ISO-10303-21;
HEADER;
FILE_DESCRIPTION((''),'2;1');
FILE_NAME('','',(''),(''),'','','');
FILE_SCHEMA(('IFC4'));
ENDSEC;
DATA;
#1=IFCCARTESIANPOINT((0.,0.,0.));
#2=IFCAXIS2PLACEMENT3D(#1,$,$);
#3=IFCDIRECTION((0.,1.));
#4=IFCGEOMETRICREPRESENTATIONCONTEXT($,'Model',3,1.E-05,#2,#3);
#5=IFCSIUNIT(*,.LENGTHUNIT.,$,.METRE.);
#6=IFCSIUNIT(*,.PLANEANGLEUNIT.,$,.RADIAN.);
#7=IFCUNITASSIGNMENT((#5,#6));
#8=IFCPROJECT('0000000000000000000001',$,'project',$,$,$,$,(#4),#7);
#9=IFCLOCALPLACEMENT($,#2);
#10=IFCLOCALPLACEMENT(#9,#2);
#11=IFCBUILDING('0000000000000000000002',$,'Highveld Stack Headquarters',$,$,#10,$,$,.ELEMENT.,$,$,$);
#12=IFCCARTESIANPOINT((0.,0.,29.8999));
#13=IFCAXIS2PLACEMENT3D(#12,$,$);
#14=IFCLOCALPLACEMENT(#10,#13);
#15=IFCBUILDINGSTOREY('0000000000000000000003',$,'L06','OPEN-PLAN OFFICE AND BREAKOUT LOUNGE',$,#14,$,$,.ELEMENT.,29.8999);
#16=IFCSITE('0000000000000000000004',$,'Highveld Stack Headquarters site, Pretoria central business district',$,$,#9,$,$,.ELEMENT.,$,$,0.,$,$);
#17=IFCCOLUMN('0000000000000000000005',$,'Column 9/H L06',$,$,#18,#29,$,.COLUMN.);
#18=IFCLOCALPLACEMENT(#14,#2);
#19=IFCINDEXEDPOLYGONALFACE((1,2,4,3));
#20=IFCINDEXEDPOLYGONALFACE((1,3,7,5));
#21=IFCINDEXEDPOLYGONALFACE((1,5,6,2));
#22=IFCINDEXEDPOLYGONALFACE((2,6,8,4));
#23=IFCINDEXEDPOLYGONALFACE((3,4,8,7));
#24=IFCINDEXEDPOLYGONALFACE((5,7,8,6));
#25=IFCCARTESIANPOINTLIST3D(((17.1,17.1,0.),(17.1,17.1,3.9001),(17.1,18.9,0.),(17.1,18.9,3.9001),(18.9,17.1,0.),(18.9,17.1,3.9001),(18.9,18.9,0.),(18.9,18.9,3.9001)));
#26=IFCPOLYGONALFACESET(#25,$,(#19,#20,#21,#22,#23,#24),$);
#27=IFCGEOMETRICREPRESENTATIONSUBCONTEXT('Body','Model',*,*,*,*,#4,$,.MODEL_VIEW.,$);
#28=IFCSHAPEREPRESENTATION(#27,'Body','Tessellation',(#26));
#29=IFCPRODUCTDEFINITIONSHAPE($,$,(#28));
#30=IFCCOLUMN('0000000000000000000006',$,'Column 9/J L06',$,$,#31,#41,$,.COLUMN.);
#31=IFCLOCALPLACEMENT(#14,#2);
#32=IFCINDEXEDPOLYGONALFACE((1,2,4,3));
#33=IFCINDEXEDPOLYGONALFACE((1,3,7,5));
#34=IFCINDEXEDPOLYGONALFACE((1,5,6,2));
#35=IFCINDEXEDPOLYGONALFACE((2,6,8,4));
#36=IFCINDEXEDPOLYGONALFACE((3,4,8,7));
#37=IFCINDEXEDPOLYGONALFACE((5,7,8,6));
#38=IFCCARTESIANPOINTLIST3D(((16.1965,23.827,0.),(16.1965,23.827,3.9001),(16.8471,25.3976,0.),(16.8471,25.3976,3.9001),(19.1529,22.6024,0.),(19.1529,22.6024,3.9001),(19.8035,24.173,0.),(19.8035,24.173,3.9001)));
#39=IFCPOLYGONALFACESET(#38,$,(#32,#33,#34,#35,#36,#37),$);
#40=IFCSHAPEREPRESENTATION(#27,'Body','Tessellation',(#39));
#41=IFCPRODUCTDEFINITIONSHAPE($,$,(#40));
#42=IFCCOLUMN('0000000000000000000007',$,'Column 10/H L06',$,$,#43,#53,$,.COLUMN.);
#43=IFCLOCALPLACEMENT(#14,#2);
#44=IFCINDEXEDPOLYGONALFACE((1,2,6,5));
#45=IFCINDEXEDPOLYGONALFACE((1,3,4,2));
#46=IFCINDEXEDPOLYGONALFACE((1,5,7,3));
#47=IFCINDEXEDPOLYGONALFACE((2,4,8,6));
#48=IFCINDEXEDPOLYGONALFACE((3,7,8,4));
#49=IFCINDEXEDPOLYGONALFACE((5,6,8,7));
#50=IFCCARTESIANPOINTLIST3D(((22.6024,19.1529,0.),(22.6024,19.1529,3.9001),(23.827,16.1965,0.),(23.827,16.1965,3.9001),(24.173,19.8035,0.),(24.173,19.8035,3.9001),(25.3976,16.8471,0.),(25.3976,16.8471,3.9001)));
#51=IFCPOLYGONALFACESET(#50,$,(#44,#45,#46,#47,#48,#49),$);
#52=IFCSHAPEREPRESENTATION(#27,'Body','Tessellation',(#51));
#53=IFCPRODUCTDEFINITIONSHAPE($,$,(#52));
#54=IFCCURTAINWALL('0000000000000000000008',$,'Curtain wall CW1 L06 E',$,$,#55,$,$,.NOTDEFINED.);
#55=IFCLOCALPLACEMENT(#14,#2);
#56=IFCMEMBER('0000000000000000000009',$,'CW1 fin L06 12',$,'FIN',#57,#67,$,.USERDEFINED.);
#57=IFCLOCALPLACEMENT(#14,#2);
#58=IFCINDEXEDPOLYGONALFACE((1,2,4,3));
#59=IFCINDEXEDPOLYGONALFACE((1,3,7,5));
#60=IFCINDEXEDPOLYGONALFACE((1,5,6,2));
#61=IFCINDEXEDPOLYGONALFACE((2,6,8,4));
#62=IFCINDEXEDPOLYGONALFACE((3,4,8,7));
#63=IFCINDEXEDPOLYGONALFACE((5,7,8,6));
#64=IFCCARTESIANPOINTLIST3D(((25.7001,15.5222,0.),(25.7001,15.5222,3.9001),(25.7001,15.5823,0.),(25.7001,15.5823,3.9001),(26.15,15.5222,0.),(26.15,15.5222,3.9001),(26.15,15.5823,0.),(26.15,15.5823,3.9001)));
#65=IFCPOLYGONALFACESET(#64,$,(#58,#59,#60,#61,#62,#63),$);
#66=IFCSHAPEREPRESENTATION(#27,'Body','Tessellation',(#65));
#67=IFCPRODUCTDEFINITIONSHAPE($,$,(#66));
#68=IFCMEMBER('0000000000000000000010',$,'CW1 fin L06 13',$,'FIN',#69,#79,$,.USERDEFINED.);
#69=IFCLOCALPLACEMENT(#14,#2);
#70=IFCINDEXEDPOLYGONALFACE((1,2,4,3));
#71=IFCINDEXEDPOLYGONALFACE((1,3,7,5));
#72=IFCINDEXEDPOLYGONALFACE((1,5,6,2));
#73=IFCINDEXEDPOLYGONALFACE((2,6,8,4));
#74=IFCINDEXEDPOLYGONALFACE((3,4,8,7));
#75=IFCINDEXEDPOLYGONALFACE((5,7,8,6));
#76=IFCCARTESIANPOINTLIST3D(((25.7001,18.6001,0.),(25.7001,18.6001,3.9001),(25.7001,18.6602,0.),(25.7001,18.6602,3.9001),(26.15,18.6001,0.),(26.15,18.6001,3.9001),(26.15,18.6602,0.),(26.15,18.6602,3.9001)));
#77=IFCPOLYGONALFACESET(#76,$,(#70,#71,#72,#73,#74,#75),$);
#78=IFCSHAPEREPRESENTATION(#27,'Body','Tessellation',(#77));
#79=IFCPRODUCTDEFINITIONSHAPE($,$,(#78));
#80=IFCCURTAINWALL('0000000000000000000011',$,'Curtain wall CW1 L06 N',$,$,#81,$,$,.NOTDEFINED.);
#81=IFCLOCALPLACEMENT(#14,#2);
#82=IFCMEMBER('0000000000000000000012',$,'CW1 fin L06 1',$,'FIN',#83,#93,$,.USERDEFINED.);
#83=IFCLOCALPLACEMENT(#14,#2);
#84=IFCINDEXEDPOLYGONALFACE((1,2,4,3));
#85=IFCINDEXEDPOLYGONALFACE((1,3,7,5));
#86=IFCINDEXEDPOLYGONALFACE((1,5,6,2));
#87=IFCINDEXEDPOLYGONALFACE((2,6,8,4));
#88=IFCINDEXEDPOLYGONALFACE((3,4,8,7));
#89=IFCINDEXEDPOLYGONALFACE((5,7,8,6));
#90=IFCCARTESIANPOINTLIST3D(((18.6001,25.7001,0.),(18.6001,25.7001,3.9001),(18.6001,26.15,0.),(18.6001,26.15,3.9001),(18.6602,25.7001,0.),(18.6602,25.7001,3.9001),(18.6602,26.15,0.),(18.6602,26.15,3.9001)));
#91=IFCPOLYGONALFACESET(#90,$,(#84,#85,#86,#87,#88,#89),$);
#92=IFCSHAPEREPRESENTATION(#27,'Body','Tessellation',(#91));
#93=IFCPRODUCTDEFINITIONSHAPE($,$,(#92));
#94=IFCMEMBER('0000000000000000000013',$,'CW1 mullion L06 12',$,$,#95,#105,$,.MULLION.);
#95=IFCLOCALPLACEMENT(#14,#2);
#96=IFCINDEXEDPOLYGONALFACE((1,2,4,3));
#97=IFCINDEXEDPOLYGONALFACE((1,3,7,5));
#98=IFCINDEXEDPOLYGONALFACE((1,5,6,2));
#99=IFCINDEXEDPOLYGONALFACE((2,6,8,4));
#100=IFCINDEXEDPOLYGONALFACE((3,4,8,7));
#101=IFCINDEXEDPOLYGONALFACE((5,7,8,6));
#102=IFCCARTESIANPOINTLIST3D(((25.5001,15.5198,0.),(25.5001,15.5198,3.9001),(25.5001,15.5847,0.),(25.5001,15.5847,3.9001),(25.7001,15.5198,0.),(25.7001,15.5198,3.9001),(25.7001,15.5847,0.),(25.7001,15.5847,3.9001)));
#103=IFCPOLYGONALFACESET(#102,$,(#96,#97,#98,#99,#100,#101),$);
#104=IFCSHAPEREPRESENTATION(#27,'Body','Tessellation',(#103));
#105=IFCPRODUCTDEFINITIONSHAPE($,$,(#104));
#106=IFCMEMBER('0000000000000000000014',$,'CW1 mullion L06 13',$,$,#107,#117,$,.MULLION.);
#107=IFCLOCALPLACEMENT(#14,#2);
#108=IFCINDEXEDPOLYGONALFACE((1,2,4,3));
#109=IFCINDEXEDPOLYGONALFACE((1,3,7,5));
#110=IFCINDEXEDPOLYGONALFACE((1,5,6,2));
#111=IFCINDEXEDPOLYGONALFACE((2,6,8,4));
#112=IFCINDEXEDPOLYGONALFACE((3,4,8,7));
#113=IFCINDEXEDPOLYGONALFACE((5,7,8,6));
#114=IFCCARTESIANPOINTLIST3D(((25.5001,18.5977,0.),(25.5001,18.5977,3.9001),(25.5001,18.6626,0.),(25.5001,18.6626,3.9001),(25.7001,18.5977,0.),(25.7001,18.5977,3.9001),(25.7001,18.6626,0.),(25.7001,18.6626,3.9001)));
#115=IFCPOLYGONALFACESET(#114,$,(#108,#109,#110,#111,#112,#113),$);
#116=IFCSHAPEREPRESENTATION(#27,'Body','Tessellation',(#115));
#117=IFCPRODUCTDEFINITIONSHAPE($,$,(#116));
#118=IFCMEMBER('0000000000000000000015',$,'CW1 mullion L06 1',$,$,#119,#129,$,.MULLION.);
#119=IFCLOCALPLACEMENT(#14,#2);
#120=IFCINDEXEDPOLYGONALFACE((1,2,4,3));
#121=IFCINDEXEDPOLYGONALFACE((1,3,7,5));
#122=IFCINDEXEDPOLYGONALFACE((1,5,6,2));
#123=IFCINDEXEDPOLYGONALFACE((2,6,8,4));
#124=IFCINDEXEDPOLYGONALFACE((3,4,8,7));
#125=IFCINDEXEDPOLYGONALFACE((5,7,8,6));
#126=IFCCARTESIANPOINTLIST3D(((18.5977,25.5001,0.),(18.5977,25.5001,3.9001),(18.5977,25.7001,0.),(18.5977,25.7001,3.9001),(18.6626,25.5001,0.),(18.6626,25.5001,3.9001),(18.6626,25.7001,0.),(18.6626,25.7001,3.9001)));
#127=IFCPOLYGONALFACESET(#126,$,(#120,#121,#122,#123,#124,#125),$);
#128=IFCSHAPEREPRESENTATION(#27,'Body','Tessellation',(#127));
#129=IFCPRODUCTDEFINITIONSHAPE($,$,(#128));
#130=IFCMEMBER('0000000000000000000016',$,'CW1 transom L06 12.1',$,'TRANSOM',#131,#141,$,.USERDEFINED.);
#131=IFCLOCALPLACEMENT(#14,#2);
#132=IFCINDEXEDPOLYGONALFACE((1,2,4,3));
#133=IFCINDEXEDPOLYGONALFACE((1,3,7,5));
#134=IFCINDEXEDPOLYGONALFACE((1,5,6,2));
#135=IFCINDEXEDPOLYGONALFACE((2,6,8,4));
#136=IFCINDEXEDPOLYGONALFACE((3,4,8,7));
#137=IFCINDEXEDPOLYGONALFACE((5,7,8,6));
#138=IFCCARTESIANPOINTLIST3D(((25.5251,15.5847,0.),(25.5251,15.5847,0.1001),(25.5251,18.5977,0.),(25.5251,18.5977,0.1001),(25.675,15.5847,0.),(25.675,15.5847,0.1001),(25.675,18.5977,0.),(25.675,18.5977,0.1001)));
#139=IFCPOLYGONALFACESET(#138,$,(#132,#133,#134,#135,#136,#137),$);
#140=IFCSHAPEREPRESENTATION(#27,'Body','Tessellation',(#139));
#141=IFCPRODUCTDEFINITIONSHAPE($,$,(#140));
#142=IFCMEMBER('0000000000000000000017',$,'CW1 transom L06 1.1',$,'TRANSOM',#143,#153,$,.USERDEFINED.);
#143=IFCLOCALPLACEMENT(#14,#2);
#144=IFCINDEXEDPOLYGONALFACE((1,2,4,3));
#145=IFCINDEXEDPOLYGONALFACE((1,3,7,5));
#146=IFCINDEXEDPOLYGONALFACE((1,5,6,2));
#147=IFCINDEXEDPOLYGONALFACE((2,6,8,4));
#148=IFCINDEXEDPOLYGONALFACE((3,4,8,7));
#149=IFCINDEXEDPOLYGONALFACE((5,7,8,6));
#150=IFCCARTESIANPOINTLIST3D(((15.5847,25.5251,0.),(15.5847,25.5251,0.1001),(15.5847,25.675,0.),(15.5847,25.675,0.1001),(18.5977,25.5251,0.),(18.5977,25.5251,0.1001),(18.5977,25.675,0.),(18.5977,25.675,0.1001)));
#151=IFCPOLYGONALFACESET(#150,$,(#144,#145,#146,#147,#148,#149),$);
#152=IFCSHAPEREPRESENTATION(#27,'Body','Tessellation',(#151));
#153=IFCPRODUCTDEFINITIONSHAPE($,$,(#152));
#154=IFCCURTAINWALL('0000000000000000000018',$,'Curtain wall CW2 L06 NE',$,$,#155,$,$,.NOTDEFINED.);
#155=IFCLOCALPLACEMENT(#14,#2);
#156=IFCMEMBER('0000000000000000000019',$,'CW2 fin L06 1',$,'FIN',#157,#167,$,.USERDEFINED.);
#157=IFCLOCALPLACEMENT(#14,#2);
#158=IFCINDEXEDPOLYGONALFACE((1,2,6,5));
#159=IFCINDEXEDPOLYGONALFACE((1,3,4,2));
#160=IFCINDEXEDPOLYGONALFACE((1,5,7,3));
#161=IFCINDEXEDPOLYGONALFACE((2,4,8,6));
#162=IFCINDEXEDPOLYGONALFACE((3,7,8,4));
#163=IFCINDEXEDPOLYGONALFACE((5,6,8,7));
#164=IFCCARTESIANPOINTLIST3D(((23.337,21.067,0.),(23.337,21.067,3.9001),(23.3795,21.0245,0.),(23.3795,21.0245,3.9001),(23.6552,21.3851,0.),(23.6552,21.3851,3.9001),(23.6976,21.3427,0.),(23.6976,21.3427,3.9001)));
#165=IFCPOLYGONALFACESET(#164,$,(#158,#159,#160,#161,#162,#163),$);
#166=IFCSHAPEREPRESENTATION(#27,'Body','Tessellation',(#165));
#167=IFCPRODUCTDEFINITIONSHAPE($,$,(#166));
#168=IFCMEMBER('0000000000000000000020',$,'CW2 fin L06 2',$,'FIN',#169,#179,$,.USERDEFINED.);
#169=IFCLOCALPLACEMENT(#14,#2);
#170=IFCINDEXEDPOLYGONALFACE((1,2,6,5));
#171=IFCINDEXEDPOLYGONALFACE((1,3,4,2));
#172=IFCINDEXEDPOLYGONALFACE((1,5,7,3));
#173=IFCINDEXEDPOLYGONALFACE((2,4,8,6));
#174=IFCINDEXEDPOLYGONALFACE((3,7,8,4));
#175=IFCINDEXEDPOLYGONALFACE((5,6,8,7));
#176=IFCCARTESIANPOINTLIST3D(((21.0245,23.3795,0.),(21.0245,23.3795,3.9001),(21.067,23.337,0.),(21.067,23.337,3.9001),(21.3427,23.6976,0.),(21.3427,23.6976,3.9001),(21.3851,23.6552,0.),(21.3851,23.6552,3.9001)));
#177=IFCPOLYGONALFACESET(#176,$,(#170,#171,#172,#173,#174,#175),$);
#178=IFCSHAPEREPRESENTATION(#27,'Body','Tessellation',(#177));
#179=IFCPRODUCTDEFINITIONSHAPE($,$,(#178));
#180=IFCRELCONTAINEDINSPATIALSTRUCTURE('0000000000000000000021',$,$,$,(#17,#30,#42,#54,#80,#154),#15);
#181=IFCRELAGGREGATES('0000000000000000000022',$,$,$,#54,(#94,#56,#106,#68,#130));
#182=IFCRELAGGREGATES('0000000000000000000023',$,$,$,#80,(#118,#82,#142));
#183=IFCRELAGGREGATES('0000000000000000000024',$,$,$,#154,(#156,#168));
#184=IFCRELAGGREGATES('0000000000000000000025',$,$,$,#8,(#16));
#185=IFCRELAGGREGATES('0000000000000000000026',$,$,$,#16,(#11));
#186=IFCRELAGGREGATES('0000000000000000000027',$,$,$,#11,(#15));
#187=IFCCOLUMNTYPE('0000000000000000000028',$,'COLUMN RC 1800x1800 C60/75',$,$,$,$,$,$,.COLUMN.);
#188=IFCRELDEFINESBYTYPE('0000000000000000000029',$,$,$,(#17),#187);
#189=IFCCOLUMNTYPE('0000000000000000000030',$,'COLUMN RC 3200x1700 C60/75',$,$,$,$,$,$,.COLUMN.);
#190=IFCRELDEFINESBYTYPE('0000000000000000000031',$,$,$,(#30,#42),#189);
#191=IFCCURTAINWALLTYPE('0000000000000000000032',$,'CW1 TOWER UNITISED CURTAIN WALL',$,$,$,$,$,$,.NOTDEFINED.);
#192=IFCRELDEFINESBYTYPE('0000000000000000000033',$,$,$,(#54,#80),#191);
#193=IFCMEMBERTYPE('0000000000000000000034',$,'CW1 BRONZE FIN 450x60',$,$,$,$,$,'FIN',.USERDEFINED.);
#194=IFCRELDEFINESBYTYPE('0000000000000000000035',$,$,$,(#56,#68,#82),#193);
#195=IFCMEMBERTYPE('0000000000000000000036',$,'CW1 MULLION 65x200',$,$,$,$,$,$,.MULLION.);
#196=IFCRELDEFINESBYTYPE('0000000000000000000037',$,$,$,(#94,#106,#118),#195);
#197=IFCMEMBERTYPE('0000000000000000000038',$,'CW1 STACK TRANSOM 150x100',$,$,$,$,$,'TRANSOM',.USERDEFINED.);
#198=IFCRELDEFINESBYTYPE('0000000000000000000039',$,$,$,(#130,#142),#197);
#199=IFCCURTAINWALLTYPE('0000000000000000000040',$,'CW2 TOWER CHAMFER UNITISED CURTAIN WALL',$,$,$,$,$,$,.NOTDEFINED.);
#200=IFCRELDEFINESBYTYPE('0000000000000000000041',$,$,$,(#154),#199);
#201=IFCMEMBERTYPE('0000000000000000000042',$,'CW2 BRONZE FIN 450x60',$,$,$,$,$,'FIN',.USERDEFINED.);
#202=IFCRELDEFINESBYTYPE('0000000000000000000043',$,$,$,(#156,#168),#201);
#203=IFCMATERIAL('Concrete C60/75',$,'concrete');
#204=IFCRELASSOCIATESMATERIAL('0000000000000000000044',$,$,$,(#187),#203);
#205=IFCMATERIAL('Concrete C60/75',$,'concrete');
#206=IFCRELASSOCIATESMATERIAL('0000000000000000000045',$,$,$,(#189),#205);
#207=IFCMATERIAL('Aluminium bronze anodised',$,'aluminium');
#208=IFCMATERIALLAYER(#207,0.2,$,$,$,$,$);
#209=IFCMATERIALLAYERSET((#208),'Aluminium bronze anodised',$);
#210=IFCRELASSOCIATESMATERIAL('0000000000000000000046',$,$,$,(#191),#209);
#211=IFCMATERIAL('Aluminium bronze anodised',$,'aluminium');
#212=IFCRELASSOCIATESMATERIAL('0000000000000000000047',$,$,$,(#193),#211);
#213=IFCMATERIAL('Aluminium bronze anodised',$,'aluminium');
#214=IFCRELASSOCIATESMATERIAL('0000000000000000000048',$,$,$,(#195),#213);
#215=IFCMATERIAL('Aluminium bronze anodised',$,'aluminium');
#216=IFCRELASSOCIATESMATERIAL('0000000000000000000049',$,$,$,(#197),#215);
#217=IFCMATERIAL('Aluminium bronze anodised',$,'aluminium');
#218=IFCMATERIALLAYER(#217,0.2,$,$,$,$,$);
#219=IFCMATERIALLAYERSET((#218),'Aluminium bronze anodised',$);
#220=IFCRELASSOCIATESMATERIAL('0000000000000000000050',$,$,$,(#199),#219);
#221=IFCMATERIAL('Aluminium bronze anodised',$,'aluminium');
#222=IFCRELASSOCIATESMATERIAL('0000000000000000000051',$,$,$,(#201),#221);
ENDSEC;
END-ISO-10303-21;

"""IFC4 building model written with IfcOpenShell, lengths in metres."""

from ifc_helpers import new_model, si_unit, direction, frame, origin, origin_2d, place, context, subcontext, project, spatial, rectangle, extrude, material, layer, layer_set, material_profile, profile_set, type_object, element, aggregate, save


model = new_model("IFC4")

# Units and contexts
model_context = context("Model", 3, precision=1e-05, world=origin(), true_north=direction((0.0, 1.0)))
body_context = subcontext(model_context, "Body", "Model", "MODEL_VIEW")
ifc_project = project(units=[si_unit("LENGTHUNIT", "METRE"), si_unit("PLANEANGLEUNIT", "RADIAN")], contexts=[model_context])

# Site, building, storey
site_placement = place(None, origin())
site = spatial("IfcSite", under=ifc_project, at=site_placement, Name="Highveld Stack Headquarters site, Pretoria central business district", CompositionType="ELEMENT", RefElevation=0.0)
building_placement = place(site_placement, origin())
building = spatial("IfcBuilding", under=site, at=building_placement, Name="Highveld Stack Headquarters", CompositionType="ELEMENT")
storey_placement = place(building_placement, frame((0.0, 0.0, 29.8999)))
storey = spatial("IfcBuildingStorey", under=building, at=storey_placement, Name="L06", Description="OPEN-PLAN OFFICE AND BREAKOUT LOUNGE", CompositionType="ELEMENT", Elevation=29.8999)

# Columns
ifc_material_1 = material(Name="Concrete C60/75", Category="concrete")
ifc_material_profile_1 = material_profile(ifc_material_1, rectangle(XDim=1.8, YDim=1.8, at=origin_2d()), Name="RC 1800x1800")
ifc_profile_set_1 = profile_set([ifc_material_profile_1], Name="Concrete C60/75")
column_type_1 = type_object("IfcColumnType", Name="COLUMN RC 1800x1800 C60/75", PredefinedType="COLUMN", material=ifc_profile_set_1)
column_placement = place(storey_placement, frame((18.0, 18.0, 0.0), z_axis=(0.0, 0.0, 1.0), x_axis=(1.0, 0.0, 0.0)))
element("IfcColumn", 1, at=column_placement, inside=storey, type_object=column_type_1, Name="Column 9/H L06", PredefinedType="COLUMN", context=body_context, shape_type="SweptSolid", body=[
    extrude(rectangle(XDim=1.8, YDim=1.8, at=origin_2d()), origin(), (0.0, 0.0, 1.0), 3.9001),
])
ifc_material_2 = material(Name="Concrete C60/75", Category="concrete")
ifc_material_profile_2 = material_profile(ifc_material_2, rectangle(XDim=3.2, YDim=1.7, at=origin_2d()), Name="RC 3200x1700")
ifc_profile_set_2 = profile_set([ifc_material_profile_2], Name="Concrete C60/75")
column_type_2 = type_object("IfcColumnType", Name="COLUMN RC 3200x1700 C60/75", PredefinedType="COLUMN", material=ifc_profile_set_2)
for number, where, z_axis, x_axis, name in (
    (2, (18.0, 24.0, 0.0), (0.0, 0.0, 1.0), (0.92388, -0.382683, 0.0), "Column 9/J L06"),
    (3, (24.0, 18.0, 0.0), (0.0, 0.0, 1.0), (0.382683, -0.92388, 0.0), "Column 10/H L06"),
):
    element("IfcColumn", number, at=place(storey_placement, frame(where, z_axis=z_axis, x_axis=x_axis)), inside=storey, type_object=column_type_2, Name=name, PredefinedType="COLUMN", context=body_context, shape_type="SweptSolid", body=[
        extrude(rectangle(XDim=3.2, YDim=1.7, at=origin_2d()), origin(), (0.0, 0.0, 1.0), 3.9001),
    ])

# Curtain wall, members
ifc_material_3 = material(Name="Aluminium bronze anodised", Category="aluminium")
ifc_layer_1 = layer(ifc_material_3, 0.2)
ifc_layer_set_1 = layer_set([ifc_layer_1], Name="Aluminium bronze anodised")
curtain_wall_type_1 = type_object("IfcCurtainWallType", Name="CW1 TOWER UNITISED CURTAIN WALL", PredefinedType="NOTDEFINED", material=ifc_layer_set_1)
curtain_wall_1_placement = place(storey_placement, origin())
curtain_wall_1 = element("IfcCurtainWall", 4, at=curtain_wall_1_placement, inside=storey, type_object=curtain_wall_type_1, Name="Curtain wall CW1 L06 E", PredefinedType="NOTDEFINED")
ifc_material_4 = material(Name="Aluminium bronze anodised", Category="aluminium")
ifc_material_profile_3 = material_profile(ifc_material_4, rectangle(XDim=0.45, YDim=0.0601, at=origin_2d()), Name="FIN 450x60")
ifc_profile_set_3 = profile_set([ifc_material_profile_3], Name="Aluminium bronze anodised")
member_type_1 = type_object("IfcMemberType", Name="CW1 BRONZE FIN 450x60", ElementType="FIN", PredefinedType="USERDEFINED", material=ifc_profile_set_3)
member_1_placement = place(storey_placement, frame((25.925, 15.5522, 0.0), z_axis=(0.0, 0.0, 1.0), x_axis=(-1.0, 0.0, 0.0)))
member_1 = element("IfcMember", 5, at=member_1_placement, type_object=member_type_1, Name="CW1 fin L06 12", ObjectType="FIN", PredefinedType="USERDEFINED", context=body_context, shape_type="SweptSolid", body=[
    extrude(rectangle(XDim=0.45, YDim=0.0601, at=origin_2d()), origin(), (0.0, 0.0, 1.0), 3.9001),
])
member_2_placement = place(storey_placement, frame((25.925, 18.6301, 0.0), z_axis=(0.0, 0.0, 1.0), x_axis=(-1.0, 0.0, 0.0)))
member_2 = element("IfcMember", 6, at=member_2_placement, type_object=member_type_1, Name="CW1 fin L06 13", ObjectType="FIN", PredefinedType="USERDEFINED", context=body_context, shape_type="SweptSolid", body=[
    extrude(rectangle(XDim=0.45, YDim=0.0601, at=origin_2d()), origin(), (0.0, 0.0, 1.0), 3.9001),
])

# Curtain wall, member
curtain_wall_2_placement = place(storey_placement, origin())
curtain_wall_2 = element("IfcCurtainWall", 7, at=curtain_wall_2_placement, inside=storey, type_object=curtain_wall_type_1, Name="Curtain wall CW1 L06 N", PredefinedType="NOTDEFINED")
member_3_placement = place(storey_placement, frame((18.6301, 25.925, 0.0), z_axis=(0.0, 0.0, 1.0), x_axis=(0.0, -1.0, 0.0)))
member_3 = element("IfcMember", 8, at=member_3_placement, type_object=member_type_1, Name="CW1 fin L06 1", ObjectType="FIN", PredefinedType="USERDEFINED", context=body_context, shape_type="SweptSolid", body=[
    extrude(rectangle(XDim=0.45, YDim=0.0601, at=origin_2d()), origin(), (0.0, 0.0, 1.0), 3.9001),
])

# Members
ifc_material_5 = material(Name="Aluminium bronze anodised", Category="aluminium")
ifc_material_profile_4 = material_profile(ifc_material_5, rectangle(XDim=0.2, YDim=0.0649, at=origin_2d()), Name="CW1 MULLION 65x200")
ifc_profile_set_4 = profile_set([ifc_material_profile_4], Name="Aluminium bronze anodised")
member_type_2 = type_object("IfcMemberType", Name="CW1 MULLION 65x200", PredefinedType="MULLION", material=ifc_profile_set_4)
member_4_placement = place(storey_placement, frame((25.6001, 15.5522, 0.0), z_axis=(0.0, 0.0, 1.0), x_axis=(-1.0, 0.0, 0.0)))
member_4 = element("IfcMember", 9, at=member_4_placement, type_object=member_type_2, Name="CW1 mullion L06 12", PredefinedType="MULLION", context=body_context, shape_type="SweptSolid", body=[
    extrude(rectangle(XDim=0.2, YDim=0.0649, at=origin_2d()), origin(), (0.0, 0.0, 1.0), 3.9001),
])
member_5_placement = place(storey_placement, frame((25.6001, 18.6301, 0.0), z_axis=(0.0, 0.0, 1.0), x_axis=(-1.0, 0.0, 0.0)))
member_5 = element("IfcMember", 10, at=member_5_placement, type_object=member_type_2, Name="CW1 mullion L06 13", PredefinedType="MULLION", context=body_context, shape_type="SweptSolid", body=[
    extrude(rectangle(XDim=0.2, YDim=0.0649, at=origin_2d()), origin(), (0.0, 0.0, 1.0), 3.9001),
])
member_6_placement = place(storey_placement, frame((18.6301, 25.6001, 0.0), z_axis=(0.0, 0.0, 1.0), x_axis=(0.0, -1.0, 0.0)))
member_6 = element("IfcMember", 11, at=member_6_placement, type_object=member_type_2, Name="CW1 mullion L06 1", PredefinedType="MULLION", context=body_context, shape_type="SweptSolid", body=[
    extrude(rectangle(XDim=0.2, YDim=0.0649, at=origin_2d()), origin(), (0.0, 0.0, 1.0), 3.9001),
])
ifc_material_6 = material(Name="Aluminium bronze anodised", Category="aluminium")
ifc_material_profile_5 = material_profile(ifc_material_6, rectangle(XDim=0.1499, YDim=0.1001, at=origin_2d()), Name="CW1 TRANSOM 150x100")
ifc_profile_set_5 = profile_set([ifc_material_profile_5], Name="Aluminium bronze anodised")
member_type_3 = type_object("IfcMemberType", Name="CW1 STACK TRANSOM 150x100", ElementType="TRANSOM", PredefinedType="USERDEFINED", material=ifc_profile_set_5)
member_7_placement = place(storey_placement, frame((25.6001, 15.5847, 0.05), z_axis=(0.0, 1.0, 0.0), x_axis=(-1.0, 0.0, 0.0)))
member_7 = element("IfcMember", 12, at=member_7_placement, type_object=member_type_3, Name="CW1 transom L06 12.1", ObjectType="TRANSOM", PredefinedType="USERDEFINED", context=body_context, shape_type="SweptSolid", body=[
    extrude(rectangle(XDim=0.1499, YDim=0.1001, at=origin_2d()), origin(), (0.0, 0.0, 1.0), 3.0129),
])
member_8_placement = place(storey_placement, frame((18.5977, 25.6001, 0.05), z_axis=(-1.0, 0.0, 0.0), x_axis=(0.0, -1.0, 0.0)))
member_8 = element("IfcMember", 13, at=member_8_placement, type_object=member_type_3, Name="CW1 transom L06 1.1", ObjectType="TRANSOM", PredefinedType="USERDEFINED", context=body_context, shape_type="SweptSolid", body=[
    extrude(rectangle(XDim=0.1499, YDim=0.1001, at=origin_2d()), origin(), (0.0, 0.0, 1.0), 3.0129),
])

# Curtain wall, members
ifc_material_7 = material(Name="Aluminium bronze anodised", Category="aluminium")
ifc_layer_2 = layer(ifc_material_7, 0.2)
ifc_layer_set_2 = layer_set([ifc_layer_2], Name="Aluminium bronze anodised")
curtain_wall_type_2 = type_object("IfcCurtainWallType", Name="CW2 TOWER CHAMFER UNITISED CURTAIN WALL", PredefinedType="NOTDEFINED", material=ifc_layer_set_2)
curtain_wall_3_placement = place(storey_placement, origin())
curtain_wall_3 = element("IfcCurtainWall", 14, at=curtain_wall_3_placement, inside=storey, type_object=curtain_wall_type_2, Name="Curtain wall CW2 L06 NE", PredefinedType="NOTDEFINED")
ifc_material_8 = material(Name="Aluminium bronze anodised", Category="aluminium")
ifc_material_profile_6 = material_profile(ifc_material_8, rectangle(XDim=0.45, YDim=0.0601, at=origin_2d()), Name="FIN 450x60")
ifc_profile_set_6 = profile_set([ifc_material_profile_6], Name="Aluminium bronze anodised")
member_type_4 = type_object("IfcMemberType", Name="CW2 BRONZE FIN 450x60", ElementType="FIN", PredefinedType="USERDEFINED", material=ifc_profile_set_6)
member_9_placement = place(storey_placement, frame((23.5173, 21.2048, 0.0), z_axis=(0.0, 0.0, 1.0), x_axis=(-0.707107, -0.707107, 0.0)))
member_9 = element("IfcMember", 15, at=member_9_placement, type_object=member_type_4, Name="CW2 fin L06 1", ObjectType="FIN", PredefinedType="USERDEFINED", context=body_context, shape_type="SweptSolid", body=[
    extrude(rectangle(XDim=0.45, YDim=0.0601, at=origin_2d()), origin(), (0.0, 0.0, 1.0), 3.9001),
])
member_10_placement = place(storey_placement, frame((21.2048, 23.5173, 0.0), z_axis=(0.0, 0.0, 1.0), x_axis=(-0.707107, -0.707107, 0.0)))
member_10 = element("IfcMember", 16, at=member_10_placement, type_object=member_type_4, Name="CW2 fin L06 2", ObjectType="FIN", PredefinedType="USERDEFINED", context=body_context, shape_type="SweptSolid", body=[
    extrude(rectangle(XDim=0.45, YDim=0.0601, at=origin_2d()), origin(), (0.0, 0.0, 1.0), 3.9001),
])

aggregate(curtain_wall_1, [member_4, member_1, member_5, member_2, member_7])
aggregate(curtain_wall_2, [member_6, member_3, member_8])
aggregate(curtain_wall_3, [member_9, member_10])

save(model, "model.ifc")
